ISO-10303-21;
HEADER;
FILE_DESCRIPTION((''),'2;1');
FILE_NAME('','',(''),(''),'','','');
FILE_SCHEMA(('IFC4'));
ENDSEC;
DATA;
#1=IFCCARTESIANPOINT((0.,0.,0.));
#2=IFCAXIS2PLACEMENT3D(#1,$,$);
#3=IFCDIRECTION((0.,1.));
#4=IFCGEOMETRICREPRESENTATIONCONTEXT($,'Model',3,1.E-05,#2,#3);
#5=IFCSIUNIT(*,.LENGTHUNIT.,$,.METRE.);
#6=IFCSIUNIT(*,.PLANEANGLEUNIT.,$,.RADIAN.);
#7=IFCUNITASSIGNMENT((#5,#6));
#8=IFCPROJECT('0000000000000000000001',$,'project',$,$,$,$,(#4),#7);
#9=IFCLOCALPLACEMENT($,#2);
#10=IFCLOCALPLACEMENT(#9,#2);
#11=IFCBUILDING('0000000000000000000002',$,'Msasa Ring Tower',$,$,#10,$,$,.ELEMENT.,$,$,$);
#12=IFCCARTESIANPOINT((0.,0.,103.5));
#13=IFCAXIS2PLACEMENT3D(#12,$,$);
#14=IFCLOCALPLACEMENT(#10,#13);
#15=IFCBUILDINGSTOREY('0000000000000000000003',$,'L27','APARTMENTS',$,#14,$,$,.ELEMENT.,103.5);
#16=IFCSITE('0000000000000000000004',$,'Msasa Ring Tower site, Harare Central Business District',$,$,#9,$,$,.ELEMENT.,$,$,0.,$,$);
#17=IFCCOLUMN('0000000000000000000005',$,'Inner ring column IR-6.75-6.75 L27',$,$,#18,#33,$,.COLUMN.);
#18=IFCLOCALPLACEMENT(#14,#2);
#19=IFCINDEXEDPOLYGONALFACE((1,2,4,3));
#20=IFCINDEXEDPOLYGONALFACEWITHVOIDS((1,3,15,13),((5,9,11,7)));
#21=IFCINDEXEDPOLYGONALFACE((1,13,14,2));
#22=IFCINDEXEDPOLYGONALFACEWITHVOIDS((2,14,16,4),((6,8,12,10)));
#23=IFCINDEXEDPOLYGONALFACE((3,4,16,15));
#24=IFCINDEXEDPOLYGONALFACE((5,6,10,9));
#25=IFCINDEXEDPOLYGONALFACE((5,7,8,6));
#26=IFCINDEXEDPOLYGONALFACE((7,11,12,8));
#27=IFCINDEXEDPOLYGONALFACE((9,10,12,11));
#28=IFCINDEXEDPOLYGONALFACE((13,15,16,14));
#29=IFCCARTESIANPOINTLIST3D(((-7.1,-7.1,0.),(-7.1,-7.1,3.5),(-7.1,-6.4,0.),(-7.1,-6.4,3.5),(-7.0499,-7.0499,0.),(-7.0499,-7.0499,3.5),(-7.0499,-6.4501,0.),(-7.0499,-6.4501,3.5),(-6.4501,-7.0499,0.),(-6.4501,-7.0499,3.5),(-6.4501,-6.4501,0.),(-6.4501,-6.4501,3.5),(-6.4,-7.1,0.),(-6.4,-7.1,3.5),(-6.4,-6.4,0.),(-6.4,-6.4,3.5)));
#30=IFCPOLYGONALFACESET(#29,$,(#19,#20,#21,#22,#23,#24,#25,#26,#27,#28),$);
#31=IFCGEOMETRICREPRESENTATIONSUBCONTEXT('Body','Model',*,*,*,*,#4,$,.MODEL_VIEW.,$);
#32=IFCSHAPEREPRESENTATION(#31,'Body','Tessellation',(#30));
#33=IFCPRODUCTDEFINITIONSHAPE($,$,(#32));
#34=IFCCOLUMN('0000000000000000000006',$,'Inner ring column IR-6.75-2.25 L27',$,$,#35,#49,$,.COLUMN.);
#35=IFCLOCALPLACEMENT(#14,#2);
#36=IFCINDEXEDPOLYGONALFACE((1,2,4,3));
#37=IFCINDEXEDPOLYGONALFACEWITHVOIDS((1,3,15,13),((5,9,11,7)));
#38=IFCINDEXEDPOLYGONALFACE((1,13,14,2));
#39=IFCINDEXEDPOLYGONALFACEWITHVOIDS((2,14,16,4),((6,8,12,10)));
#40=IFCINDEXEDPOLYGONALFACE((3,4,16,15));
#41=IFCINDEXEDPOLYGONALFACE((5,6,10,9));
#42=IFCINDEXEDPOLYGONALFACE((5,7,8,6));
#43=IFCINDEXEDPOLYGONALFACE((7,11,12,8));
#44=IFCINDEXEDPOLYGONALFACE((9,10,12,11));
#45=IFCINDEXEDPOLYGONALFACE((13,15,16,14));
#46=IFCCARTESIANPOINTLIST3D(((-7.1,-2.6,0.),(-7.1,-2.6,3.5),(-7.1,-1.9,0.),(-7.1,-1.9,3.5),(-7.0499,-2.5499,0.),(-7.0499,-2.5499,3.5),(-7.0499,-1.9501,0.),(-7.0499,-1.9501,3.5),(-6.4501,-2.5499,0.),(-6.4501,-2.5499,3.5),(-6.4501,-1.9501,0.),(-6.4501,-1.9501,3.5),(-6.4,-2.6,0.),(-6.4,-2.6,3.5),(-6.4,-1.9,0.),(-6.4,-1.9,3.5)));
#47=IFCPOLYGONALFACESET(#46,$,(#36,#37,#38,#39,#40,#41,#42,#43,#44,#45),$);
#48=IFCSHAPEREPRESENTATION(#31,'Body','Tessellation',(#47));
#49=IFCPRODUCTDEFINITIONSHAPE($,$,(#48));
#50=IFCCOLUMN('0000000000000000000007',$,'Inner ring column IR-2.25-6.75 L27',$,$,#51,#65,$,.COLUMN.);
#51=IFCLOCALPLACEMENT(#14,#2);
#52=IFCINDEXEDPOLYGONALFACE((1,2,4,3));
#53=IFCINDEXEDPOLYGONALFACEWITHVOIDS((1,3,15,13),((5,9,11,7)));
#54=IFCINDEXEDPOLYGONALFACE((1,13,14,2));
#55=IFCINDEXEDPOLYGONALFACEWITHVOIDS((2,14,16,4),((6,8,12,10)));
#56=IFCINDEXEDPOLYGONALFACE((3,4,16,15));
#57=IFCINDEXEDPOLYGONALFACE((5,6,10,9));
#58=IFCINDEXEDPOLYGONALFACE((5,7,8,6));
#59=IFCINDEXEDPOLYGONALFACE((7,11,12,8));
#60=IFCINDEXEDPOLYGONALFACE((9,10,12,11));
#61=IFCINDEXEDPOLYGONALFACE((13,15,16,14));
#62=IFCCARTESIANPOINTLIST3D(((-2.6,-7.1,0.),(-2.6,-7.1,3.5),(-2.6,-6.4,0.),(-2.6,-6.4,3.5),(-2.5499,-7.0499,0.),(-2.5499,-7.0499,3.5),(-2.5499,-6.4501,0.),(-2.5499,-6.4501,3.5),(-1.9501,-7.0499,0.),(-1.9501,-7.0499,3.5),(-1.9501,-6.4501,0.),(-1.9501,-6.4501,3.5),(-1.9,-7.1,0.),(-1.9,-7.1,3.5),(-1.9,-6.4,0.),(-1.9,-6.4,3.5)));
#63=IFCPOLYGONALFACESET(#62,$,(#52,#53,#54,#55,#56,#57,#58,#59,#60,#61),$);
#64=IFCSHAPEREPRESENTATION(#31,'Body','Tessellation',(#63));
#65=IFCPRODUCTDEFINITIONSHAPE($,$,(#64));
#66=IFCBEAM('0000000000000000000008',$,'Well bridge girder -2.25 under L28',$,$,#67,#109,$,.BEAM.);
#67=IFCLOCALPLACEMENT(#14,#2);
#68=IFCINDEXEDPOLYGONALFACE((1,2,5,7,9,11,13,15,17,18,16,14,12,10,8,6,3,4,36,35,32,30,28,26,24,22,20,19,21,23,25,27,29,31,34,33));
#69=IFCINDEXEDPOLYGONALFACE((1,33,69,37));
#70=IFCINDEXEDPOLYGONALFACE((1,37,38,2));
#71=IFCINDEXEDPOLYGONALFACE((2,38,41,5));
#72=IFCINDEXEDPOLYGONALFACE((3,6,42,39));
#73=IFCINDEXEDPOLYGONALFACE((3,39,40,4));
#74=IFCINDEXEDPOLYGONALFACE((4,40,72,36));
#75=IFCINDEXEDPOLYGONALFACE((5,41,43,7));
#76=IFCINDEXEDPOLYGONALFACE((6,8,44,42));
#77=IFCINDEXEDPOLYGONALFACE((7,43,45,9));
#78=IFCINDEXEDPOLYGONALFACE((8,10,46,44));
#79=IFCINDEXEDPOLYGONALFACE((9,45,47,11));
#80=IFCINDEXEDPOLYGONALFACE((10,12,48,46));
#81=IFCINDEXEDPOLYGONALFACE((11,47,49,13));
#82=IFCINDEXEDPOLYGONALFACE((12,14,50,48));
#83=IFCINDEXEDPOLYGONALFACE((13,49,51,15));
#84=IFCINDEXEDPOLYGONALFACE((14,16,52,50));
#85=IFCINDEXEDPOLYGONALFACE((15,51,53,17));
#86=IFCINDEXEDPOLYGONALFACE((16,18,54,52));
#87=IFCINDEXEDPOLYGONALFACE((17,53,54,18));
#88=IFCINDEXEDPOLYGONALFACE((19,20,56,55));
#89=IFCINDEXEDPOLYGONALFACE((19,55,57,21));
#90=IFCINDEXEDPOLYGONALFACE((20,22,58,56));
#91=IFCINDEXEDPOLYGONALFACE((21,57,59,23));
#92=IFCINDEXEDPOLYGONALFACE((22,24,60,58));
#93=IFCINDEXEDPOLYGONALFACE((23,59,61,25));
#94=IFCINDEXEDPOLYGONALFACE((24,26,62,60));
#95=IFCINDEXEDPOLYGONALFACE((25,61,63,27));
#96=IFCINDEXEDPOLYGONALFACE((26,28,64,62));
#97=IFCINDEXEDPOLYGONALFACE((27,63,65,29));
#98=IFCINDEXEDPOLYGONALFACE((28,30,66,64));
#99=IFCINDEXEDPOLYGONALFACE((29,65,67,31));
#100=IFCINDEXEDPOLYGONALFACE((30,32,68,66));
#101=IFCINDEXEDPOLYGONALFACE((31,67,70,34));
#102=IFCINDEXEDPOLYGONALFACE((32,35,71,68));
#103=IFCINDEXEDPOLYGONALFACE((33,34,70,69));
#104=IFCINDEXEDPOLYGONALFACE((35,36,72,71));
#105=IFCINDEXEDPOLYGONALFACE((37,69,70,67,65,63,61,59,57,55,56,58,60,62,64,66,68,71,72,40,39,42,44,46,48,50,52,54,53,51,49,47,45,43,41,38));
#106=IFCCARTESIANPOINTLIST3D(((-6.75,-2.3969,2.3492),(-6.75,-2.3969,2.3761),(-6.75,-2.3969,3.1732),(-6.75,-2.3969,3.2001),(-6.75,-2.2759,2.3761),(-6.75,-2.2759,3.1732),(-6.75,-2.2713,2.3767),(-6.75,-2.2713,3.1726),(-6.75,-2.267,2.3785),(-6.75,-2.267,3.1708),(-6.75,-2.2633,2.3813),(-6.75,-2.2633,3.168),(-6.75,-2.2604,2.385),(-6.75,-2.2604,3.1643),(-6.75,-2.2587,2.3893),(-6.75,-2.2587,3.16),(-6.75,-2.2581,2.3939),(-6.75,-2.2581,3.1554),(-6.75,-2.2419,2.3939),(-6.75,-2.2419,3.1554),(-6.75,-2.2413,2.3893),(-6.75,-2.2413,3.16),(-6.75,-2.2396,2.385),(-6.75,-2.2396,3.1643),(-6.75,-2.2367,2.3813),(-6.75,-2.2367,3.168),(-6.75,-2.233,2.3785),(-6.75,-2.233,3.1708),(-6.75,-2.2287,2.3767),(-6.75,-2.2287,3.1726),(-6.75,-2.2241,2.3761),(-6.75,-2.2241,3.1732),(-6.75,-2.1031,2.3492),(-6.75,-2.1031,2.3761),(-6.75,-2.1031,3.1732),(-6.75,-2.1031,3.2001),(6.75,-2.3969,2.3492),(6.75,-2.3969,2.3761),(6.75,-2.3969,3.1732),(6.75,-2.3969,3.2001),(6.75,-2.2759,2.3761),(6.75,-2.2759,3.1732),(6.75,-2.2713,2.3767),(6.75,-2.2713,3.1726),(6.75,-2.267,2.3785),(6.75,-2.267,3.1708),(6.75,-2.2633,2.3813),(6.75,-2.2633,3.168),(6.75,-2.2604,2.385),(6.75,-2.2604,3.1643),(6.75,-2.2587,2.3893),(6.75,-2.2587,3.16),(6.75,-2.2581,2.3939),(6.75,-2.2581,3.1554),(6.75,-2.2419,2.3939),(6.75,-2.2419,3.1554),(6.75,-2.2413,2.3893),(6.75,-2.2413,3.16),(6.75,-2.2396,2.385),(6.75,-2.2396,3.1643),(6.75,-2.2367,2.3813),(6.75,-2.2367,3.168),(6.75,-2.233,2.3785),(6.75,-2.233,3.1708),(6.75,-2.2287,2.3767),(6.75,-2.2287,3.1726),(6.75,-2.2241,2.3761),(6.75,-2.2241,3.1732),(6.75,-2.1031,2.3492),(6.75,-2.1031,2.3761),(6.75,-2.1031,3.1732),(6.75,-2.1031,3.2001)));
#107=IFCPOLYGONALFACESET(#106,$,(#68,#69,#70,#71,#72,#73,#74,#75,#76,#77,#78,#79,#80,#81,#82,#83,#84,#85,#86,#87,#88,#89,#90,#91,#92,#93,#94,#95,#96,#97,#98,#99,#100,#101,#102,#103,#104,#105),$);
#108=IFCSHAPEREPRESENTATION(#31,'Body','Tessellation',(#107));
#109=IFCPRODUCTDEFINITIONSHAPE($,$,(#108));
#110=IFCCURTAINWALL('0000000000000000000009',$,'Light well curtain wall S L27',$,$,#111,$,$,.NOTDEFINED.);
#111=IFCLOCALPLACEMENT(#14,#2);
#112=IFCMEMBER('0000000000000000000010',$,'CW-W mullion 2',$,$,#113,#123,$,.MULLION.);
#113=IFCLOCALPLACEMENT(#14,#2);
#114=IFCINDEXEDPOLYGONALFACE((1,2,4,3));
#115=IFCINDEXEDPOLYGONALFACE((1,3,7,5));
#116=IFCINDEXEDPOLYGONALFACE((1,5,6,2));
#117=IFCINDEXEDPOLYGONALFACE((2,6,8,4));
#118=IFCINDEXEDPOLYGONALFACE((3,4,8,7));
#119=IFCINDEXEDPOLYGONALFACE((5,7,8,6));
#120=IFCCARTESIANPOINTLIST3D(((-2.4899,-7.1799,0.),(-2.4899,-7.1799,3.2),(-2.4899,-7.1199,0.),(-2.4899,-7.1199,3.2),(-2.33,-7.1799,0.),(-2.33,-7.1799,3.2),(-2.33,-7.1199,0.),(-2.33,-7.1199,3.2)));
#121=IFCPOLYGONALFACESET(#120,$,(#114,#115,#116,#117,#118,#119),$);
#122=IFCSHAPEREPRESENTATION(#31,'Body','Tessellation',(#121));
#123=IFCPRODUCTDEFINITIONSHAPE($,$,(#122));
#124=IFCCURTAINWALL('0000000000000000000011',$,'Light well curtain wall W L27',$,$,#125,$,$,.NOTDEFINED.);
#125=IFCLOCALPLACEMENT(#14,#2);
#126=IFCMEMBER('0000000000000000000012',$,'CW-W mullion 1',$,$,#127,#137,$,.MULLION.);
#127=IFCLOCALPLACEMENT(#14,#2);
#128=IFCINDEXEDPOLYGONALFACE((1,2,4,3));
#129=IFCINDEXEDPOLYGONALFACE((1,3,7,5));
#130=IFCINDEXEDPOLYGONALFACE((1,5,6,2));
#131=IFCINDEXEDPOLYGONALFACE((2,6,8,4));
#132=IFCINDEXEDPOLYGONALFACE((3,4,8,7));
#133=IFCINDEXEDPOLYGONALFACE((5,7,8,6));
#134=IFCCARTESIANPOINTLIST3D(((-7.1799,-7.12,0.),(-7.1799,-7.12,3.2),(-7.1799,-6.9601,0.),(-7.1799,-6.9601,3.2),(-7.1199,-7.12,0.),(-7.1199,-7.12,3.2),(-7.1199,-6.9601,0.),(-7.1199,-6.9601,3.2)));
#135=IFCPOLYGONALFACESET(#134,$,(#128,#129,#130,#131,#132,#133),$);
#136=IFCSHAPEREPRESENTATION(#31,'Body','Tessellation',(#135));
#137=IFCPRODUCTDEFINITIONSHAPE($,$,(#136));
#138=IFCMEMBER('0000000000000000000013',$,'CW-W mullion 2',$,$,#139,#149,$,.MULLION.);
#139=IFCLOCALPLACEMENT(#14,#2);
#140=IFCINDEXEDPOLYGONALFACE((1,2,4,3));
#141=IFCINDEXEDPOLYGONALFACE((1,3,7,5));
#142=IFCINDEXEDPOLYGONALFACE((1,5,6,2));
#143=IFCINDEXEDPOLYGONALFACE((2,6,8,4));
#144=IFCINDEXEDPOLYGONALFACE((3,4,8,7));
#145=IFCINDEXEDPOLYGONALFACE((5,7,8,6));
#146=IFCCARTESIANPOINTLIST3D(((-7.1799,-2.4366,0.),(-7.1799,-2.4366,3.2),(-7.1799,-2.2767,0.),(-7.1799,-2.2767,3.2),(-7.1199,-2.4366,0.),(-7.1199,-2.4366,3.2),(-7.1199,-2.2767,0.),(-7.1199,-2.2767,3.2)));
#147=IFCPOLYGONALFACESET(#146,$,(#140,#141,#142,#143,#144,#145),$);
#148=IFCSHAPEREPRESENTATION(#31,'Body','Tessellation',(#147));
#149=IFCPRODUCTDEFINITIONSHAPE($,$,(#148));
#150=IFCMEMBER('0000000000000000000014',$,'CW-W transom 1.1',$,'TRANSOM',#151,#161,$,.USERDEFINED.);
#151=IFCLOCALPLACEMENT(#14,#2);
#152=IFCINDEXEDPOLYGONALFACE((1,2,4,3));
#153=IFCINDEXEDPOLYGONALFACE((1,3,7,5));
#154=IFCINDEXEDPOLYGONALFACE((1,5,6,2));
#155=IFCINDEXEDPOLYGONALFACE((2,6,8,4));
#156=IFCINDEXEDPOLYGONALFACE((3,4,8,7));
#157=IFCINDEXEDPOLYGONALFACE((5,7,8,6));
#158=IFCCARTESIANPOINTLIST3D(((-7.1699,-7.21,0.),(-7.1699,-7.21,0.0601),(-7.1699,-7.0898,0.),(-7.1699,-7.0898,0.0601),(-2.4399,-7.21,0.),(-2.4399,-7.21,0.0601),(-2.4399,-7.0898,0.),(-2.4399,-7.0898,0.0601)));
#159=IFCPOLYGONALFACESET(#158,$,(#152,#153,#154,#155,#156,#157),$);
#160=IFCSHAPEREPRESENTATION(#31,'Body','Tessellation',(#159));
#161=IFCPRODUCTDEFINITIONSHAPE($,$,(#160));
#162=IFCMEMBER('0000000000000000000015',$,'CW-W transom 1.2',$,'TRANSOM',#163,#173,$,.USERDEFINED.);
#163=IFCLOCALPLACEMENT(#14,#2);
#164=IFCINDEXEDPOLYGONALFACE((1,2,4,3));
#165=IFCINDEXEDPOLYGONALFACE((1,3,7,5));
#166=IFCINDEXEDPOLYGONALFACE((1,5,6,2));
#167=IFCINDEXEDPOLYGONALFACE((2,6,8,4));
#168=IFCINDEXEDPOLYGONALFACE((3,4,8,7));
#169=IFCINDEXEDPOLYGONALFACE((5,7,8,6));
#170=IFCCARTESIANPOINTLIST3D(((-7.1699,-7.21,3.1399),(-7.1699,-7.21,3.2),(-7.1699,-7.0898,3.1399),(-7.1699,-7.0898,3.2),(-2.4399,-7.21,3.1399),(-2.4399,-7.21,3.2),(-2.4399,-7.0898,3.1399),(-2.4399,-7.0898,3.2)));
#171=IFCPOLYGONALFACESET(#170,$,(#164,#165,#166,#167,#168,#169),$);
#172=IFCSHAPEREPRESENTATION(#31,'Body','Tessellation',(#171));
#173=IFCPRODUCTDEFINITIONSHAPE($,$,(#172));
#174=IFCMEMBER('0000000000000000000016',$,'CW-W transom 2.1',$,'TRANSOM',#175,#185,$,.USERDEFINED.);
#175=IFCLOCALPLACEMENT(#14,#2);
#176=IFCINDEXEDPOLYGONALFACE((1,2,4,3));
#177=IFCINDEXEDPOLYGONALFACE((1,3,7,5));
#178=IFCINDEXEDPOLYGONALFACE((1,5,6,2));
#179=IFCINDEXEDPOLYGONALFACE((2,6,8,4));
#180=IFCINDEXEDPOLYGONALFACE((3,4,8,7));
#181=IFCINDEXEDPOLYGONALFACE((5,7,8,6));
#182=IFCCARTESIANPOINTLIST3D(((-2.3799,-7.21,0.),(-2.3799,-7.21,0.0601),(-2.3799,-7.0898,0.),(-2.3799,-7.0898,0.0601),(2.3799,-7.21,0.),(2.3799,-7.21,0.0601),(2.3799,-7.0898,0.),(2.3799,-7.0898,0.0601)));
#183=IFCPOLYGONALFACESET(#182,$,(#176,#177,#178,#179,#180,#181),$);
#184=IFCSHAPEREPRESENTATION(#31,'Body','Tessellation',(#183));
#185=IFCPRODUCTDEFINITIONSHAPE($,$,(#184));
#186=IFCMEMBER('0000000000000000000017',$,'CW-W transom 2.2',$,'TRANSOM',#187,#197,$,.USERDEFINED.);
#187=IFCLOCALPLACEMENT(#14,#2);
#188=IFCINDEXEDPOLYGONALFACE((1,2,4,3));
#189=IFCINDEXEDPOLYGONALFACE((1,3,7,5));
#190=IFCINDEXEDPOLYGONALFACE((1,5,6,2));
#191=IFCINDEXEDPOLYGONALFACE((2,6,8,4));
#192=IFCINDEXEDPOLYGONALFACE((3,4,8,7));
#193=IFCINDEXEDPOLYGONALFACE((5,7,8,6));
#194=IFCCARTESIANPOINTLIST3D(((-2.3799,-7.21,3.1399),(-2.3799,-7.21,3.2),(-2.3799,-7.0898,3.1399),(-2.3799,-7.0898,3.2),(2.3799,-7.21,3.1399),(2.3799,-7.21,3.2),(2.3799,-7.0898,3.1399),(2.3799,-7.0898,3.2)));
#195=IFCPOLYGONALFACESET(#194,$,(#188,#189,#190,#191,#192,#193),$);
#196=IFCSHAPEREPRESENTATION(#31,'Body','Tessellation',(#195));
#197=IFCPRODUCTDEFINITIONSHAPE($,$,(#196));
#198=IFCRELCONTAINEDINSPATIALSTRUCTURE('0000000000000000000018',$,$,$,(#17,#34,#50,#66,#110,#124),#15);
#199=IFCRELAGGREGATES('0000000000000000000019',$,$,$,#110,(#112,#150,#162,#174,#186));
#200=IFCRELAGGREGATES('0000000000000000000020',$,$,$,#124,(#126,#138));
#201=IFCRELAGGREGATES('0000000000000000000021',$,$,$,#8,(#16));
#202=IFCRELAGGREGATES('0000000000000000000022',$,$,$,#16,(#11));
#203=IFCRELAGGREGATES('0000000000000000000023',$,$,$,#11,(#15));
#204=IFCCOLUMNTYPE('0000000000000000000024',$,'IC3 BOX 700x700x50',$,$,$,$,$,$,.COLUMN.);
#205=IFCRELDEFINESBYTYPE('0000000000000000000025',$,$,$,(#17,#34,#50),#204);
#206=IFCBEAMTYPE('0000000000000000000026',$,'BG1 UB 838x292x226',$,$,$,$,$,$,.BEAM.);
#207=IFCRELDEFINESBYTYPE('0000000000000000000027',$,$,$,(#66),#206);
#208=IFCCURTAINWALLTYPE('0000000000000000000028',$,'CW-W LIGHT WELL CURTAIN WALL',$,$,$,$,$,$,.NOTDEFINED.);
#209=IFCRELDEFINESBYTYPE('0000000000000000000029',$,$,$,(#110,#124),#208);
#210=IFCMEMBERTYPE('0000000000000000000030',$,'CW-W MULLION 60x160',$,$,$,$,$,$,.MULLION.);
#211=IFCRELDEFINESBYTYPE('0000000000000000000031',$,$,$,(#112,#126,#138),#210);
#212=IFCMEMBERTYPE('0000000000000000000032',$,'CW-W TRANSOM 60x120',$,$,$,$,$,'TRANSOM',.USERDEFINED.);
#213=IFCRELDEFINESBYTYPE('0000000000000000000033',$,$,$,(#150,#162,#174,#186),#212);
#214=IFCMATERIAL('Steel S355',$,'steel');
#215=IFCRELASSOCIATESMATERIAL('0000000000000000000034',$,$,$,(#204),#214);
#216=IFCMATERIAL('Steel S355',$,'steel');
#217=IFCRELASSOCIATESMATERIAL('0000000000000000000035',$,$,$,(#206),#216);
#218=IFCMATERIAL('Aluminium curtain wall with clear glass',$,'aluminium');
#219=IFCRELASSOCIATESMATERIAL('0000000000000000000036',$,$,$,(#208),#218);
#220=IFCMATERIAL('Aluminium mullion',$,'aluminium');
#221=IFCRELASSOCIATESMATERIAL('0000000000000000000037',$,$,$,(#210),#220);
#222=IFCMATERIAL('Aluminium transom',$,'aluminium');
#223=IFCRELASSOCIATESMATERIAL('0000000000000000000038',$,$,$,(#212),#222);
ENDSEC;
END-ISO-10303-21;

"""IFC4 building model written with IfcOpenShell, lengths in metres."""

from ifc_helpers import new_model, si_unit, direction, frame, origin, origin_2d, place, context, subcontext, project, spatial, rectangle, hollow_rectangle, i_section, extrude, material, material_profile, profile_set, type_object, element, aggregate, save


model = new_model("IFC4")

# Units and contexts
model_context = context("Model", 3, precision=1e-05, world=origin(), true_north=direction((0.0, 1.0)))
body_context = subcontext(model_context, "Body", "Model", "MODEL_VIEW")
ifc_project = project(units=[si_unit("LENGTHUNIT", "METRE"), si_unit("PLANEANGLEUNIT", "RADIAN")], contexts=[model_context])

# Site, building, storey
site_placement = place(None, origin())
site = spatial("IfcSite", under=ifc_project, at=site_placement, Name="Msasa Ring Tower site, Harare Central Business District", CompositionType="ELEMENT", RefElevation=0.0)
building_placement = place(site_placement, origin())
building = spatial("IfcBuilding", under=site, at=building_placement, Name="Msasa Ring Tower", CompositionType="ELEMENT")
storey_placement = place(building_placement, frame((0.0, 0.0, 103.5)))
storey = spatial("IfcBuildingStorey", under=building, at=storey_placement, Name="L27", Description="APARTMENTS", CompositionType="ELEMENT", Elevation=103.5)

# Columns
ifc_material_1 = material(Name="Steel S355", Category="steel")
ifc_material_profile_1 = material_profile(ifc_material_1, hollow_rectangle(XDim=0.7, YDim=0.7, WallThickness=0.05, at=origin_2d()), Name="BOX 700x700x50")
ifc_profile_set_1 = profile_set([ifc_material_profile_1], Name="Steel S355")
column_type = type_object("IfcColumnType", Name="IC3 BOX 700x700x50", PredefinedType="COLUMN", material=ifc_profile_set_1)
for number, where, z_axis, x_axis, name in (
    (1, (-6.75, -6.75, 0.0), (0.0, 0.0, 1.0), (1.0, 0.0, 0.0), "Inner ring column IR-6.75-6.75 L27"),
    (2, (-6.75, -2.25, 0.0), (0.0, 0.0, 1.0), (1.0, 0.0, 0.0), "Inner ring column IR-6.75-2.25 L27"),
    (3, (-2.25, -6.75, 0.0), (0.0, 0.0, 1.0), (1.0, 0.0, 0.0), "Inner ring column IR-2.25-6.75 L27"),
):
    element("IfcColumn", number, at=place(storey_placement, frame(where, z_axis=z_axis, x_axis=x_axis)), inside=storey, type_object=column_type, Name=name, PredefinedType="COLUMN", context=body_context, shape_type="SweptSolid", body=[
        extrude(hollow_rectangle(XDim=0.7, YDim=0.7, WallThickness=0.05, at=origin_2d()), origin(), (0.0, 0.0, 1.0), 3.5),
    ])

# Beam
ifc_material_2 = material(Name="Steel S355", Category="steel")
ifc_material_profile_2 = material_profile(ifc_material_2, i_section(OverallWidth=0.2937, OverallDepth=0.8508, WebThickness=0.0161, FlangeThickness=0.0269, FilletRadius=0.0178, at=origin_2d()), Name="UB 838x292x226")
ifc_profile_set_2 = profile_set([ifc_material_profile_2], Name="Steel S355")
beam_type_1 = type_object("IfcBeamType", Name="BG1 UB 838x292x226", PredefinedType="BEAM", material=ifc_profile_set_2)
beam_placement = place(storey_placement, frame((-6.75, -2.25, 2.7747), z_axis=(1.0, 0.0, 0.0), x_axis=(0.0, 1.0, 0.0)))
element("IfcBeam", 4, at=beam_placement, inside=storey, type_object=beam_type_1, Name="Well bridge girder -2.25 under L28", PredefinedType="BEAM", context=body_context, shape_type="SweptSolid", body=[
    extrude(i_section(OverallWidth=0.2937, OverallDepth=0.8508, WebThickness=0.0161, FlangeThickness=0.0269, FilletRadius=0.0178, at=origin_2d()), origin(), (0.0, 0.0, 1.0), 13.5),
])

# Curtain wall, member
ifc_material_3 = material(Name="Aluminium curtain wall with clear glass", Category="aluminium")
curtain_wall_type = type_object("IfcCurtainWallType", Name="CW-W LIGHT WELL CURTAIN WALL", PredefinedType="NOTDEFINED", material=ifc_material_3)
curtain_wall_1_placement = place(storey_placement, origin())
curtain_wall_1 = element("IfcCurtainWall", 5, at=curtain_wall_1_placement, inside=storey, type_object=curtain_wall_type, Name="Light well curtain wall S L27", PredefinedType="NOTDEFINED")
ifc_material_4 = material(Name="Aluminium mullion", Category="aluminium")
ifc_material_profile_3 = material_profile(ifc_material_4, rectangle(XDim=0.0601, YDim=0.1599, at=origin_2d()), Name="AL 60x160")
ifc_profile_set_3 = profile_set([ifc_material_profile_3], Name="Aluminium mullion")
member_type_1 = type_object("IfcMemberType", Name="CW-W MULLION 60x160", PredefinedType="MULLION", material=ifc_profile_set_3)
member_1_placement = place(storey_placement, frame((-2.4099, -7.1499, 0.0), z_axis=(0.0, 0.0, 1.0), x_axis=(0.0, 1.0, 0.0)))
member_1 = element("IfcMember", 6, at=member_1_placement, type_object=member_type_1, Name="CW-W mullion 2", PredefinedType="MULLION", context=body_context, shape_type="SweptSolid", body=[
    extrude(rectangle(XDim=0.0601, YDim=0.1599, at=origin_2d()), origin(), (0.0, 0.0, 1.0), 3.2),
])

# Curtain wall, members
curtain_wall_2_placement = place(storey_placement, origin())
curtain_wall_2 = element("IfcCurtainWall", 7, at=curtain_wall_2_placement, inside=storey, type_object=curtain_wall_type, Name="Light well curtain wall W L27", PredefinedType="NOTDEFINED")
member_2_placement = place(storey_placement, frame((-7.1499, -7.04, 0.0), z_axis=(0.0, 0.0, 1.0), x_axis=(-1.0, 0.0, 0.0)))
member_2 = element("IfcMember", 8, at=member_2_placement, type_object=member_type_1, Name="CW-W mullion 1", PredefinedType="MULLION", context=body_context, shape_type="SweptSolid", body=[
    extrude(rectangle(XDim=0.0601, YDim=0.1599, at=origin_2d()), origin(), (0.0, 0.0, 1.0), 3.2),
])
member_3_placement = place(storey_placement, frame((-7.1499, -2.3567, 0.0), z_axis=(0.0, 0.0, 1.0), x_axis=(-1.0, 0.0, 0.0)))
member_3 = element("IfcMember", 9, at=member_3_placement, type_object=member_type_1, Name="CW-W mullion 2", PredefinedType="MULLION", context=body_context, shape_type="SweptSolid", body=[
    extrude(rectangle(XDim=0.0601, YDim=0.1599, at=origin_2d()), origin(), (0.0, 0.0, 1.0), 3.2),
])

# Members
ifc_material_5 = material(Name="Aluminium transom", Category="aluminium")
ifc_material_profile_4 = material_profile(ifc_material_5, rectangle(XDim=0.1201, YDim=0.0601, at=origin_2d()), Name="AL 60x120")
ifc_profile_set_4 = profile_set([ifc_material_profile_4], Name="Aluminium transom")
member_type_2 = type_object("IfcMemberType", Name="CW-W TRANSOM 60x120", ElementType="TRANSOM", PredefinedType="USERDEFINED", material=ifc_profile_set_4)
member_4_placement = place(storey_placement, frame((-7.1699, -7.1499, 0.03), z_axis=(1.0, 0.0, 0.0), x_axis=(0.0, 1.0, 0.0)))
member_4 = element("IfcMember", 10, at=member_4_placement, type_object=member_type_2, Name="CW-W transom 1.1", ObjectType="TRANSOM", PredefinedType="USERDEFINED", context=body_context, shape_type="SweptSolid", body=[
    extrude(rectangle(XDim=0.1201, YDim=0.0601, at=origin_2d()), origin(), (0.0, 0.0, 1.0), 4.73),
])
member_5_placement = place(storey_placement, frame((-7.1699, -7.1499, 3.1699), z_axis=(1.0, 0.0, 0.0), x_axis=(0.0, 1.0, 0.0)))
member_5 = element("IfcMember", 11, at=member_5_placement, type_object=member_type_2, Name="CW-W transom 1.2", ObjectType="TRANSOM", PredefinedType="USERDEFINED", context=body_context, shape_type="SweptSolid", body=[
    extrude(rectangle(XDim=0.1201, YDim=0.0601, at=origin_2d()), origin(), (0.0, 0.0, 1.0), 4.73),
])
member_6_placement = place(storey_placement, frame((-2.3799, -7.1499, 0.03), z_axis=(1.0, 0.0, 0.0), x_axis=(0.0, 1.0, 0.0)))
member_6 = element("IfcMember", 12, at=member_6_placement, type_object=member_type_2, Name="CW-W transom 2.1", ObjectType="TRANSOM", PredefinedType="USERDEFINED", context=body_context, shape_type="SweptSolid", body=[
    extrude(rectangle(XDim=0.1201, YDim=0.0601, at=origin_2d()), origin(), (0.0, 0.0, 1.0), 4.7598),
])
member_7_placement = place(storey_placement, frame((-2.3799, -7.1499, 3.1699), z_axis=(1.0, 0.0, 0.0), x_axis=(0.0, 1.0, 0.0)))
member_7 = element("IfcMember", 13, at=member_7_placement, type_object=member_type_2, Name="CW-W transom 2.2", ObjectType="TRANSOM", PredefinedType="USERDEFINED", context=body_context, shape_type="SweptSolid", body=[
    extrude(rectangle(XDim=0.1201, YDim=0.0601, at=origin_2d()), origin(), (0.0, 0.0, 1.0), 4.7598),
])

aggregate(curtain_wall_1, [member_1, member_4, member_5, member_6, member_7])
aggregate(curtain_wall_2, [member_2, member_3])

save(model, "model.ifc")
